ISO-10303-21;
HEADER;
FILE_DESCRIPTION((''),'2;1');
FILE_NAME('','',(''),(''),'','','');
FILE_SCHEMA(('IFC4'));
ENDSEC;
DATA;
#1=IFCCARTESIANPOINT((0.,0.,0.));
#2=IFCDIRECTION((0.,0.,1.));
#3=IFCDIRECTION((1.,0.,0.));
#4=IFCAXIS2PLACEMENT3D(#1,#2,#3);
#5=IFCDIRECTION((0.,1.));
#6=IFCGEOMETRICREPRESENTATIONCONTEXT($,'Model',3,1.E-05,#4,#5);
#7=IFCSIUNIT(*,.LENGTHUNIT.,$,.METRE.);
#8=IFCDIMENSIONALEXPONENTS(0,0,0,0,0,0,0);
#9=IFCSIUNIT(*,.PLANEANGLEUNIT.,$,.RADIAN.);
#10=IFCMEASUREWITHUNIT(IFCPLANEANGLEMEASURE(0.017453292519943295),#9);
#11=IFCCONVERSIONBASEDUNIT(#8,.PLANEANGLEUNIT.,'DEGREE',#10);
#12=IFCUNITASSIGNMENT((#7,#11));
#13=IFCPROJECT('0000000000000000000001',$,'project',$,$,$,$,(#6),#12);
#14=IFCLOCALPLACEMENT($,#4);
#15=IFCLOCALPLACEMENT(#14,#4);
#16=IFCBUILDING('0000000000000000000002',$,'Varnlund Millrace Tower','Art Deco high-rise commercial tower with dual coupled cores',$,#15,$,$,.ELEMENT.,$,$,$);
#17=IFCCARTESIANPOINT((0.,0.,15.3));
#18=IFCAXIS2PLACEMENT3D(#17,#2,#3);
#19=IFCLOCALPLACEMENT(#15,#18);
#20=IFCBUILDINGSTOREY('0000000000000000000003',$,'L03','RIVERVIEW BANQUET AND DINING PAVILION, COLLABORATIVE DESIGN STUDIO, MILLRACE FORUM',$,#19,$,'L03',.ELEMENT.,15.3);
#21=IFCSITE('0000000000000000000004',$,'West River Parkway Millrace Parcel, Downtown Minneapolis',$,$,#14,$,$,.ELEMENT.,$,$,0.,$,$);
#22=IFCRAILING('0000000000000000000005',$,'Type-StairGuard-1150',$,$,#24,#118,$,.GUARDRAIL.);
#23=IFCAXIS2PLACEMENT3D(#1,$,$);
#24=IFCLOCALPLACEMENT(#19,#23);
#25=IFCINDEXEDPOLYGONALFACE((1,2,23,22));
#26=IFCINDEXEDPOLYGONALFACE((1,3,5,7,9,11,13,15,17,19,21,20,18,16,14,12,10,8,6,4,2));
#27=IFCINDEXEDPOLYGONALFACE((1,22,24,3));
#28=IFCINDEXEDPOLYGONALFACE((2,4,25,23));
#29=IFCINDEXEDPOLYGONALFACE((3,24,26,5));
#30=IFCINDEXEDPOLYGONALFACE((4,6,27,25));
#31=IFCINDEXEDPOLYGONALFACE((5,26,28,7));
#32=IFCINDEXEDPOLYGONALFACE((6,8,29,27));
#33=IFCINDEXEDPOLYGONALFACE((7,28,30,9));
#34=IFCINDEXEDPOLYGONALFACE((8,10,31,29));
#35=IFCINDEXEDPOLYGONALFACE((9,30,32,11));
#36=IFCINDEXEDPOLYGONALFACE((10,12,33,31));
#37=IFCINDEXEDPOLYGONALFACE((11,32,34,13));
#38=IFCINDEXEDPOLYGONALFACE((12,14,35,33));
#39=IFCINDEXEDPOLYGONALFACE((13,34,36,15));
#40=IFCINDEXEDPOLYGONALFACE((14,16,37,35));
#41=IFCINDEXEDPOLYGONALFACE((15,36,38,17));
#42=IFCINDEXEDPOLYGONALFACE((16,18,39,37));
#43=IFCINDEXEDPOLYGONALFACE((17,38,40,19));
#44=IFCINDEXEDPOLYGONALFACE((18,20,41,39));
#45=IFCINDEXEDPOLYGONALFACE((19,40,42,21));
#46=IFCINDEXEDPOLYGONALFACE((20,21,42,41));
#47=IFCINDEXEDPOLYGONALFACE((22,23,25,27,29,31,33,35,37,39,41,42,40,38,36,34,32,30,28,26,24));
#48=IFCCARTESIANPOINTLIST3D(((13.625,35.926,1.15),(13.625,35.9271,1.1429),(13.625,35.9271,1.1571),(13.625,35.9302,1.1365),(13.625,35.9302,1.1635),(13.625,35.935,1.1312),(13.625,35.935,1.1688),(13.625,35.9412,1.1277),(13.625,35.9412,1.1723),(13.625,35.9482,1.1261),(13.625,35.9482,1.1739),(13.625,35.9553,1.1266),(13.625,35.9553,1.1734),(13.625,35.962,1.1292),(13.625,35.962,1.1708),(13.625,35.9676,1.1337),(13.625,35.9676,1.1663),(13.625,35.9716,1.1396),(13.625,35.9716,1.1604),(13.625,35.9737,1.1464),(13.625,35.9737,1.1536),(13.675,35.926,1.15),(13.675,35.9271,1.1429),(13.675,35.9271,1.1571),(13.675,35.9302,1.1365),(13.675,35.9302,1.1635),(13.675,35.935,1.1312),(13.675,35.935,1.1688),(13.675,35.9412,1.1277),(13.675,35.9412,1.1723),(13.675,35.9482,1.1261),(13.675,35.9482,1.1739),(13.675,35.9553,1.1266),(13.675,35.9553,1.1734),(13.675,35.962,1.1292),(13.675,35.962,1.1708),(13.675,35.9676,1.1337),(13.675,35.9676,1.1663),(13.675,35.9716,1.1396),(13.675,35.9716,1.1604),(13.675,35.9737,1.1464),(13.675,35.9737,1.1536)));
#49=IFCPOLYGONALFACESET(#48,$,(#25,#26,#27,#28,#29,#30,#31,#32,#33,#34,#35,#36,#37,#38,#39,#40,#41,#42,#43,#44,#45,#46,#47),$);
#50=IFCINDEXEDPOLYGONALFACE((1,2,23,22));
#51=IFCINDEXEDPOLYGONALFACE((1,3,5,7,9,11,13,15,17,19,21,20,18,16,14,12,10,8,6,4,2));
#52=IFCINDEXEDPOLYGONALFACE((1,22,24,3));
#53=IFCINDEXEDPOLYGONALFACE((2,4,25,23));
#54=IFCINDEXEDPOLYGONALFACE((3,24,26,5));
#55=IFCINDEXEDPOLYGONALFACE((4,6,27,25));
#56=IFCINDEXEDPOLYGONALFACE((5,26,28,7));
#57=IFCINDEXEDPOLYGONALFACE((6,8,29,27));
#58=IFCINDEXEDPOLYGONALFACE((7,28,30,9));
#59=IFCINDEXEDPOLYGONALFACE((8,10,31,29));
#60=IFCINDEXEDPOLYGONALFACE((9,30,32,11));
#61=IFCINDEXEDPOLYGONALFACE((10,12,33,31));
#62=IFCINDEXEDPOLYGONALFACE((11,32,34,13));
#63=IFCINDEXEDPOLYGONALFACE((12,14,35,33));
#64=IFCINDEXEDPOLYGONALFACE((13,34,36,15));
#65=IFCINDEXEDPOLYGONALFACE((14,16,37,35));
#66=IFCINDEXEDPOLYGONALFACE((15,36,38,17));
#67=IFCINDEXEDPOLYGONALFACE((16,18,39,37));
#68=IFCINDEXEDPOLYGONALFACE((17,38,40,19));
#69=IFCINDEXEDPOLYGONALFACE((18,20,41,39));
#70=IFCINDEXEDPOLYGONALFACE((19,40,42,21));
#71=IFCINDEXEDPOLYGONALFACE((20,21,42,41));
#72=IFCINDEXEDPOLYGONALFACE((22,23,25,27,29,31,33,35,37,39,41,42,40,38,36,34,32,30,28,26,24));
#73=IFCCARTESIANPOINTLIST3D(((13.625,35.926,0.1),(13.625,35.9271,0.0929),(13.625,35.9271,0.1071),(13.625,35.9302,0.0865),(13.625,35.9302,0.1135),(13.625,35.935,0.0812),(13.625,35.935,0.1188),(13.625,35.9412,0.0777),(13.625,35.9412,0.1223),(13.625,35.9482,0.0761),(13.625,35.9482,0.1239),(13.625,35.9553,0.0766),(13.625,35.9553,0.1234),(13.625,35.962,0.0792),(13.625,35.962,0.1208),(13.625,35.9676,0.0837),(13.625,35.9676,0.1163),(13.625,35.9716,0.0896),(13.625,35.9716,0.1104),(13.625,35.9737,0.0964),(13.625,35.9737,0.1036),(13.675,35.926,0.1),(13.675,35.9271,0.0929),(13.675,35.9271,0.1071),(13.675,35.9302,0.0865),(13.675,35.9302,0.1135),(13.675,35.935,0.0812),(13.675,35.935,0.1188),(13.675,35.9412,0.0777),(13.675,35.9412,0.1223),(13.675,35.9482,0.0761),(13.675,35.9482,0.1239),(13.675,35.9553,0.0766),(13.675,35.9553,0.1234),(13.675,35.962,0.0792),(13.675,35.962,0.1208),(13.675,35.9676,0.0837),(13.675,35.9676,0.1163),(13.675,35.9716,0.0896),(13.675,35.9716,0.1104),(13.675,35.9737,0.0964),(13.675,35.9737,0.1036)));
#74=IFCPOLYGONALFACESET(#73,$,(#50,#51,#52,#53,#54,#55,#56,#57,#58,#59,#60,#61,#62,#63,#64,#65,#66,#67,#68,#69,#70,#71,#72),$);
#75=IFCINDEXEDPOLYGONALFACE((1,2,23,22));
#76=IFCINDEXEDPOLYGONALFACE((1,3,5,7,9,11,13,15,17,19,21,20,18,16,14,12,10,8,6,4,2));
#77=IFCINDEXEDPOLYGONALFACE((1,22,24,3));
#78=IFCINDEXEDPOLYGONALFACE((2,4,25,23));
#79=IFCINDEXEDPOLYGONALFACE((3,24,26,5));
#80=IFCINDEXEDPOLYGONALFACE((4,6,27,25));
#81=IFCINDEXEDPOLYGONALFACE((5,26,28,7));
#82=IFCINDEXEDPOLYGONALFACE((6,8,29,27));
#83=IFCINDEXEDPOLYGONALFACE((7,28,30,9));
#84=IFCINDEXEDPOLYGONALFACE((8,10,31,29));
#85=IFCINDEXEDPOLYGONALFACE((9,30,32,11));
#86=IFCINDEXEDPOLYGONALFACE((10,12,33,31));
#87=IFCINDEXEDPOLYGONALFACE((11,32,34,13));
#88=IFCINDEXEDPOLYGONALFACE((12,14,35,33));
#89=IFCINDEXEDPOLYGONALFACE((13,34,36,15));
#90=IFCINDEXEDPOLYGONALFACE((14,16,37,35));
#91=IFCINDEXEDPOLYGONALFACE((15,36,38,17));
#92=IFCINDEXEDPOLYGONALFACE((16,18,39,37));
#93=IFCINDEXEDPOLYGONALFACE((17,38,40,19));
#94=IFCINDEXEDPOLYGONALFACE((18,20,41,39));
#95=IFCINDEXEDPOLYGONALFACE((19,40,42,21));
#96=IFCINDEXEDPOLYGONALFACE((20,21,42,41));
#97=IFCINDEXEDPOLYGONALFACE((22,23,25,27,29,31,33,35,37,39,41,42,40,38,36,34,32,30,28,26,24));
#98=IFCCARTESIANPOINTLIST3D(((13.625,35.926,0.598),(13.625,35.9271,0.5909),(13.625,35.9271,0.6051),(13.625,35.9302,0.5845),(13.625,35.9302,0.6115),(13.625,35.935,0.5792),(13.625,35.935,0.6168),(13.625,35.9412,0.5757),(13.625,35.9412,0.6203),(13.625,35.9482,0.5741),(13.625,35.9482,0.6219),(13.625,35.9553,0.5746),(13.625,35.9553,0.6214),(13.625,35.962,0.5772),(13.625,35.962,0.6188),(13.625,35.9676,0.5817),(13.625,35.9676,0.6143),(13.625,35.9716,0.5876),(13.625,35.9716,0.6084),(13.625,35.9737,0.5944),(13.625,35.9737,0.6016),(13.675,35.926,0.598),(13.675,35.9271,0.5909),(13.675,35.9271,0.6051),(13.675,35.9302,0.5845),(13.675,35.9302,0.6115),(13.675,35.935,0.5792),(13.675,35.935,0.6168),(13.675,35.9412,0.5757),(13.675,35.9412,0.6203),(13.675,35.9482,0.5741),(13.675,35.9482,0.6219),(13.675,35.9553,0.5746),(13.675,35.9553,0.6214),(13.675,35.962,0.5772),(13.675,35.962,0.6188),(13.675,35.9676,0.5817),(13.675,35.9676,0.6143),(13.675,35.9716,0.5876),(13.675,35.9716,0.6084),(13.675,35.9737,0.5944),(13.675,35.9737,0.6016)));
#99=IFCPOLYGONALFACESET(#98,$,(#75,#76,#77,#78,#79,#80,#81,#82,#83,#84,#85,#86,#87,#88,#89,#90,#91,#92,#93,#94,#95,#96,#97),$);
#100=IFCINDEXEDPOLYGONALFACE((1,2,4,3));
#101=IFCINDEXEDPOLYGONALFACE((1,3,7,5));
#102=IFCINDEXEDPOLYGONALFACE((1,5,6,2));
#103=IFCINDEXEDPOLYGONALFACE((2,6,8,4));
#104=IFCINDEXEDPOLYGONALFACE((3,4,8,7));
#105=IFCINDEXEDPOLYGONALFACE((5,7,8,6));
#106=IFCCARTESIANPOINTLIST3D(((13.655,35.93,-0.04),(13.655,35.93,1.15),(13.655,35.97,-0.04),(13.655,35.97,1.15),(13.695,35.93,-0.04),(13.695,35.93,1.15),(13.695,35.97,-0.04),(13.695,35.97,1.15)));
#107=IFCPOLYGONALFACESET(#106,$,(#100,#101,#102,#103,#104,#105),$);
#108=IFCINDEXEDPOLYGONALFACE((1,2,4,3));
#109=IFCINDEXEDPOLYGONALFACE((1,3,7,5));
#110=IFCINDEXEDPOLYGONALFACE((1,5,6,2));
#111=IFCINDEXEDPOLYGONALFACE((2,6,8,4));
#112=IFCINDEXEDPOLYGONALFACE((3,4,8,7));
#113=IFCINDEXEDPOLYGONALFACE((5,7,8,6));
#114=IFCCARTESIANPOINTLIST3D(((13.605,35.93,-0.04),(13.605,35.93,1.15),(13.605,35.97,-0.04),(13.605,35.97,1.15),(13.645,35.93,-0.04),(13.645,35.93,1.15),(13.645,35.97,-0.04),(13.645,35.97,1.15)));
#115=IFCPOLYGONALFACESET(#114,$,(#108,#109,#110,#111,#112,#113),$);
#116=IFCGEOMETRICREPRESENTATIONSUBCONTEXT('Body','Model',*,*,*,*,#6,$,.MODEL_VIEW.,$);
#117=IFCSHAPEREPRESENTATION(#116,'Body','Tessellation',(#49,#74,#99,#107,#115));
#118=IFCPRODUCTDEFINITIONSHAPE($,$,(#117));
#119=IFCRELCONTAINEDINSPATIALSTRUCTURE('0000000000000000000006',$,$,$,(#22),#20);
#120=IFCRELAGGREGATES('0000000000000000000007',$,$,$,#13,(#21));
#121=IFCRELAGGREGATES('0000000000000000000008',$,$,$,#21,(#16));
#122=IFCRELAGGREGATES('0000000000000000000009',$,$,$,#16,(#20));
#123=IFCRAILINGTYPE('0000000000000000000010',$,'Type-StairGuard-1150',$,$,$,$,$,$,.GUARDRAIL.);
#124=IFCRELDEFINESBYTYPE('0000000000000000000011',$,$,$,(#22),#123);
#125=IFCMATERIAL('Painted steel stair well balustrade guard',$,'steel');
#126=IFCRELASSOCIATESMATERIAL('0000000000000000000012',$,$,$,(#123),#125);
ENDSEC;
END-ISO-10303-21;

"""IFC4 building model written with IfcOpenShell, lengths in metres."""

from ifc_helpers import new_model, entity, si_unit, converted_unit, direction, frame, origin_with_axes, origin_2d_with_axis, place, context, subcontext, project, spatial, rectangle, circle, extrude, material, type_object, element, save


model = new_model("IFC4")

# Units and contexts
model_context = context("Model", 3, precision=1e-05, world=origin_with_axes(), true_north=direction((0.0, 1.0)))
body_context = subcontext(model_context, "Body", "Model", "MODEL_VIEW")
ifc_project = project(units=[si_unit("LENGTHUNIT", "METRE"), converted_unit("PLANEANGLEUNIT", "DEGREE", entity("IfcPlaneAngleMeasure", 0.017453292519943295), si_unit("PLANEANGLEUNIT", "RADIAN"), dimensions=[0, 0, 0, 0, 0, 0, 0])], contexts=[model_context])

# Site, building, storey
site_placement = place(None, origin_with_axes())
site = spatial("IfcSite", under=ifc_project, at=site_placement, Name="West River Parkway Millrace Parcel, Downtown Minneapolis", CompositionType="ELEMENT", RefElevation=0.0)
building_placement = place(site_placement, origin_with_axes())
building = spatial("IfcBuilding", under=site, at=building_placement, Name="Varnlund Millrace Tower", Description="Art Deco high-rise commercial tower with dual coupled cores", CompositionType="ELEMENT")
storey_placement = place(building_placement, frame((0.0, 0.0, 15.3), z_axis=(0.0, 0.0, 1.0), x_axis=(1.0, 0.0, 0.0)))
storey = spatial("IfcBuildingStorey", under=building, at=storey_placement, Name="L03", Description="RIVERVIEW BANQUET AND DINING PAVILION, COLLABORATIVE DESIGN STUDIO, MILLRACE FORUM", LongName="L03", CompositionType="ELEMENT", Elevation=15.3)

# Railing
ifc_material_1 = material(Name="Painted steel stair well balustrade guard", Category="steel")
railing_type_1 = type_object("IfcRailingType", Name="Type-StairGuard-1150", PredefinedType="GUARDRAIL", material=ifc_material_1)
railing_1_placement = place(storey_placement, frame((0.0, 0.0, -15.3), z_axis=(0.0, 0.0, 1.0), x_axis=(1.0, 0.0, 0.0)))
element("IfcRailing", 1, at=railing_1_placement, inside=storey, type_object=railing_type_1, Name="Type-StairGuard-1150", PredefinedType="GUARDRAIL", context=body_context, shape_type="SweptSolid", body=[
    extrude(circle(Radius=0.024, at=origin_2d_with_axis()), frame((13.675, 35.95, 16.45), z_axis=(-1.0, 0.0, 0.0), x_axis=(0.0, -1.0, 0.0)), (0.0, 0.0, 1.0), 0.05),
    extrude(circle(Radius=0.024, at=origin_2d_with_axis()), frame((13.675, 35.95, 15.4), z_axis=(-1.0, 0.0, 0.0), x_axis=(0.0, -1.0, 0.0)), (0.0, 0.0, 1.0), 0.05),
    extrude(circle(Radius=0.024, at=origin_2d_with_axis()), frame((13.675, 35.95, 15.898), z_axis=(-1.0, 0.0, 0.0), x_axis=(0.0, -1.0, 0.0)), (0.0, 0.0, 1.0), 0.05),
    extrude(rectangle(XDim=0.04, YDim=0.04, at=origin_2d_with_axis()), frame((13.675, 35.95, 15.26), z_axis=(0.0, 0.0, 1.0), x_axis=(1.0, 0.0, 0.0)), (0.0, 0.0, 1.0), 1.19),
    extrude(rectangle(XDim=0.04, YDim=0.04, at=origin_2d_with_axis()), frame((13.625, 35.95, 15.26), z_axis=(0.0, 0.0, 1.0), x_axis=(1.0, 0.0, 0.0)), (0.0, 0.0, 1.0), 1.19),
])

save(model, "model.ifc")
